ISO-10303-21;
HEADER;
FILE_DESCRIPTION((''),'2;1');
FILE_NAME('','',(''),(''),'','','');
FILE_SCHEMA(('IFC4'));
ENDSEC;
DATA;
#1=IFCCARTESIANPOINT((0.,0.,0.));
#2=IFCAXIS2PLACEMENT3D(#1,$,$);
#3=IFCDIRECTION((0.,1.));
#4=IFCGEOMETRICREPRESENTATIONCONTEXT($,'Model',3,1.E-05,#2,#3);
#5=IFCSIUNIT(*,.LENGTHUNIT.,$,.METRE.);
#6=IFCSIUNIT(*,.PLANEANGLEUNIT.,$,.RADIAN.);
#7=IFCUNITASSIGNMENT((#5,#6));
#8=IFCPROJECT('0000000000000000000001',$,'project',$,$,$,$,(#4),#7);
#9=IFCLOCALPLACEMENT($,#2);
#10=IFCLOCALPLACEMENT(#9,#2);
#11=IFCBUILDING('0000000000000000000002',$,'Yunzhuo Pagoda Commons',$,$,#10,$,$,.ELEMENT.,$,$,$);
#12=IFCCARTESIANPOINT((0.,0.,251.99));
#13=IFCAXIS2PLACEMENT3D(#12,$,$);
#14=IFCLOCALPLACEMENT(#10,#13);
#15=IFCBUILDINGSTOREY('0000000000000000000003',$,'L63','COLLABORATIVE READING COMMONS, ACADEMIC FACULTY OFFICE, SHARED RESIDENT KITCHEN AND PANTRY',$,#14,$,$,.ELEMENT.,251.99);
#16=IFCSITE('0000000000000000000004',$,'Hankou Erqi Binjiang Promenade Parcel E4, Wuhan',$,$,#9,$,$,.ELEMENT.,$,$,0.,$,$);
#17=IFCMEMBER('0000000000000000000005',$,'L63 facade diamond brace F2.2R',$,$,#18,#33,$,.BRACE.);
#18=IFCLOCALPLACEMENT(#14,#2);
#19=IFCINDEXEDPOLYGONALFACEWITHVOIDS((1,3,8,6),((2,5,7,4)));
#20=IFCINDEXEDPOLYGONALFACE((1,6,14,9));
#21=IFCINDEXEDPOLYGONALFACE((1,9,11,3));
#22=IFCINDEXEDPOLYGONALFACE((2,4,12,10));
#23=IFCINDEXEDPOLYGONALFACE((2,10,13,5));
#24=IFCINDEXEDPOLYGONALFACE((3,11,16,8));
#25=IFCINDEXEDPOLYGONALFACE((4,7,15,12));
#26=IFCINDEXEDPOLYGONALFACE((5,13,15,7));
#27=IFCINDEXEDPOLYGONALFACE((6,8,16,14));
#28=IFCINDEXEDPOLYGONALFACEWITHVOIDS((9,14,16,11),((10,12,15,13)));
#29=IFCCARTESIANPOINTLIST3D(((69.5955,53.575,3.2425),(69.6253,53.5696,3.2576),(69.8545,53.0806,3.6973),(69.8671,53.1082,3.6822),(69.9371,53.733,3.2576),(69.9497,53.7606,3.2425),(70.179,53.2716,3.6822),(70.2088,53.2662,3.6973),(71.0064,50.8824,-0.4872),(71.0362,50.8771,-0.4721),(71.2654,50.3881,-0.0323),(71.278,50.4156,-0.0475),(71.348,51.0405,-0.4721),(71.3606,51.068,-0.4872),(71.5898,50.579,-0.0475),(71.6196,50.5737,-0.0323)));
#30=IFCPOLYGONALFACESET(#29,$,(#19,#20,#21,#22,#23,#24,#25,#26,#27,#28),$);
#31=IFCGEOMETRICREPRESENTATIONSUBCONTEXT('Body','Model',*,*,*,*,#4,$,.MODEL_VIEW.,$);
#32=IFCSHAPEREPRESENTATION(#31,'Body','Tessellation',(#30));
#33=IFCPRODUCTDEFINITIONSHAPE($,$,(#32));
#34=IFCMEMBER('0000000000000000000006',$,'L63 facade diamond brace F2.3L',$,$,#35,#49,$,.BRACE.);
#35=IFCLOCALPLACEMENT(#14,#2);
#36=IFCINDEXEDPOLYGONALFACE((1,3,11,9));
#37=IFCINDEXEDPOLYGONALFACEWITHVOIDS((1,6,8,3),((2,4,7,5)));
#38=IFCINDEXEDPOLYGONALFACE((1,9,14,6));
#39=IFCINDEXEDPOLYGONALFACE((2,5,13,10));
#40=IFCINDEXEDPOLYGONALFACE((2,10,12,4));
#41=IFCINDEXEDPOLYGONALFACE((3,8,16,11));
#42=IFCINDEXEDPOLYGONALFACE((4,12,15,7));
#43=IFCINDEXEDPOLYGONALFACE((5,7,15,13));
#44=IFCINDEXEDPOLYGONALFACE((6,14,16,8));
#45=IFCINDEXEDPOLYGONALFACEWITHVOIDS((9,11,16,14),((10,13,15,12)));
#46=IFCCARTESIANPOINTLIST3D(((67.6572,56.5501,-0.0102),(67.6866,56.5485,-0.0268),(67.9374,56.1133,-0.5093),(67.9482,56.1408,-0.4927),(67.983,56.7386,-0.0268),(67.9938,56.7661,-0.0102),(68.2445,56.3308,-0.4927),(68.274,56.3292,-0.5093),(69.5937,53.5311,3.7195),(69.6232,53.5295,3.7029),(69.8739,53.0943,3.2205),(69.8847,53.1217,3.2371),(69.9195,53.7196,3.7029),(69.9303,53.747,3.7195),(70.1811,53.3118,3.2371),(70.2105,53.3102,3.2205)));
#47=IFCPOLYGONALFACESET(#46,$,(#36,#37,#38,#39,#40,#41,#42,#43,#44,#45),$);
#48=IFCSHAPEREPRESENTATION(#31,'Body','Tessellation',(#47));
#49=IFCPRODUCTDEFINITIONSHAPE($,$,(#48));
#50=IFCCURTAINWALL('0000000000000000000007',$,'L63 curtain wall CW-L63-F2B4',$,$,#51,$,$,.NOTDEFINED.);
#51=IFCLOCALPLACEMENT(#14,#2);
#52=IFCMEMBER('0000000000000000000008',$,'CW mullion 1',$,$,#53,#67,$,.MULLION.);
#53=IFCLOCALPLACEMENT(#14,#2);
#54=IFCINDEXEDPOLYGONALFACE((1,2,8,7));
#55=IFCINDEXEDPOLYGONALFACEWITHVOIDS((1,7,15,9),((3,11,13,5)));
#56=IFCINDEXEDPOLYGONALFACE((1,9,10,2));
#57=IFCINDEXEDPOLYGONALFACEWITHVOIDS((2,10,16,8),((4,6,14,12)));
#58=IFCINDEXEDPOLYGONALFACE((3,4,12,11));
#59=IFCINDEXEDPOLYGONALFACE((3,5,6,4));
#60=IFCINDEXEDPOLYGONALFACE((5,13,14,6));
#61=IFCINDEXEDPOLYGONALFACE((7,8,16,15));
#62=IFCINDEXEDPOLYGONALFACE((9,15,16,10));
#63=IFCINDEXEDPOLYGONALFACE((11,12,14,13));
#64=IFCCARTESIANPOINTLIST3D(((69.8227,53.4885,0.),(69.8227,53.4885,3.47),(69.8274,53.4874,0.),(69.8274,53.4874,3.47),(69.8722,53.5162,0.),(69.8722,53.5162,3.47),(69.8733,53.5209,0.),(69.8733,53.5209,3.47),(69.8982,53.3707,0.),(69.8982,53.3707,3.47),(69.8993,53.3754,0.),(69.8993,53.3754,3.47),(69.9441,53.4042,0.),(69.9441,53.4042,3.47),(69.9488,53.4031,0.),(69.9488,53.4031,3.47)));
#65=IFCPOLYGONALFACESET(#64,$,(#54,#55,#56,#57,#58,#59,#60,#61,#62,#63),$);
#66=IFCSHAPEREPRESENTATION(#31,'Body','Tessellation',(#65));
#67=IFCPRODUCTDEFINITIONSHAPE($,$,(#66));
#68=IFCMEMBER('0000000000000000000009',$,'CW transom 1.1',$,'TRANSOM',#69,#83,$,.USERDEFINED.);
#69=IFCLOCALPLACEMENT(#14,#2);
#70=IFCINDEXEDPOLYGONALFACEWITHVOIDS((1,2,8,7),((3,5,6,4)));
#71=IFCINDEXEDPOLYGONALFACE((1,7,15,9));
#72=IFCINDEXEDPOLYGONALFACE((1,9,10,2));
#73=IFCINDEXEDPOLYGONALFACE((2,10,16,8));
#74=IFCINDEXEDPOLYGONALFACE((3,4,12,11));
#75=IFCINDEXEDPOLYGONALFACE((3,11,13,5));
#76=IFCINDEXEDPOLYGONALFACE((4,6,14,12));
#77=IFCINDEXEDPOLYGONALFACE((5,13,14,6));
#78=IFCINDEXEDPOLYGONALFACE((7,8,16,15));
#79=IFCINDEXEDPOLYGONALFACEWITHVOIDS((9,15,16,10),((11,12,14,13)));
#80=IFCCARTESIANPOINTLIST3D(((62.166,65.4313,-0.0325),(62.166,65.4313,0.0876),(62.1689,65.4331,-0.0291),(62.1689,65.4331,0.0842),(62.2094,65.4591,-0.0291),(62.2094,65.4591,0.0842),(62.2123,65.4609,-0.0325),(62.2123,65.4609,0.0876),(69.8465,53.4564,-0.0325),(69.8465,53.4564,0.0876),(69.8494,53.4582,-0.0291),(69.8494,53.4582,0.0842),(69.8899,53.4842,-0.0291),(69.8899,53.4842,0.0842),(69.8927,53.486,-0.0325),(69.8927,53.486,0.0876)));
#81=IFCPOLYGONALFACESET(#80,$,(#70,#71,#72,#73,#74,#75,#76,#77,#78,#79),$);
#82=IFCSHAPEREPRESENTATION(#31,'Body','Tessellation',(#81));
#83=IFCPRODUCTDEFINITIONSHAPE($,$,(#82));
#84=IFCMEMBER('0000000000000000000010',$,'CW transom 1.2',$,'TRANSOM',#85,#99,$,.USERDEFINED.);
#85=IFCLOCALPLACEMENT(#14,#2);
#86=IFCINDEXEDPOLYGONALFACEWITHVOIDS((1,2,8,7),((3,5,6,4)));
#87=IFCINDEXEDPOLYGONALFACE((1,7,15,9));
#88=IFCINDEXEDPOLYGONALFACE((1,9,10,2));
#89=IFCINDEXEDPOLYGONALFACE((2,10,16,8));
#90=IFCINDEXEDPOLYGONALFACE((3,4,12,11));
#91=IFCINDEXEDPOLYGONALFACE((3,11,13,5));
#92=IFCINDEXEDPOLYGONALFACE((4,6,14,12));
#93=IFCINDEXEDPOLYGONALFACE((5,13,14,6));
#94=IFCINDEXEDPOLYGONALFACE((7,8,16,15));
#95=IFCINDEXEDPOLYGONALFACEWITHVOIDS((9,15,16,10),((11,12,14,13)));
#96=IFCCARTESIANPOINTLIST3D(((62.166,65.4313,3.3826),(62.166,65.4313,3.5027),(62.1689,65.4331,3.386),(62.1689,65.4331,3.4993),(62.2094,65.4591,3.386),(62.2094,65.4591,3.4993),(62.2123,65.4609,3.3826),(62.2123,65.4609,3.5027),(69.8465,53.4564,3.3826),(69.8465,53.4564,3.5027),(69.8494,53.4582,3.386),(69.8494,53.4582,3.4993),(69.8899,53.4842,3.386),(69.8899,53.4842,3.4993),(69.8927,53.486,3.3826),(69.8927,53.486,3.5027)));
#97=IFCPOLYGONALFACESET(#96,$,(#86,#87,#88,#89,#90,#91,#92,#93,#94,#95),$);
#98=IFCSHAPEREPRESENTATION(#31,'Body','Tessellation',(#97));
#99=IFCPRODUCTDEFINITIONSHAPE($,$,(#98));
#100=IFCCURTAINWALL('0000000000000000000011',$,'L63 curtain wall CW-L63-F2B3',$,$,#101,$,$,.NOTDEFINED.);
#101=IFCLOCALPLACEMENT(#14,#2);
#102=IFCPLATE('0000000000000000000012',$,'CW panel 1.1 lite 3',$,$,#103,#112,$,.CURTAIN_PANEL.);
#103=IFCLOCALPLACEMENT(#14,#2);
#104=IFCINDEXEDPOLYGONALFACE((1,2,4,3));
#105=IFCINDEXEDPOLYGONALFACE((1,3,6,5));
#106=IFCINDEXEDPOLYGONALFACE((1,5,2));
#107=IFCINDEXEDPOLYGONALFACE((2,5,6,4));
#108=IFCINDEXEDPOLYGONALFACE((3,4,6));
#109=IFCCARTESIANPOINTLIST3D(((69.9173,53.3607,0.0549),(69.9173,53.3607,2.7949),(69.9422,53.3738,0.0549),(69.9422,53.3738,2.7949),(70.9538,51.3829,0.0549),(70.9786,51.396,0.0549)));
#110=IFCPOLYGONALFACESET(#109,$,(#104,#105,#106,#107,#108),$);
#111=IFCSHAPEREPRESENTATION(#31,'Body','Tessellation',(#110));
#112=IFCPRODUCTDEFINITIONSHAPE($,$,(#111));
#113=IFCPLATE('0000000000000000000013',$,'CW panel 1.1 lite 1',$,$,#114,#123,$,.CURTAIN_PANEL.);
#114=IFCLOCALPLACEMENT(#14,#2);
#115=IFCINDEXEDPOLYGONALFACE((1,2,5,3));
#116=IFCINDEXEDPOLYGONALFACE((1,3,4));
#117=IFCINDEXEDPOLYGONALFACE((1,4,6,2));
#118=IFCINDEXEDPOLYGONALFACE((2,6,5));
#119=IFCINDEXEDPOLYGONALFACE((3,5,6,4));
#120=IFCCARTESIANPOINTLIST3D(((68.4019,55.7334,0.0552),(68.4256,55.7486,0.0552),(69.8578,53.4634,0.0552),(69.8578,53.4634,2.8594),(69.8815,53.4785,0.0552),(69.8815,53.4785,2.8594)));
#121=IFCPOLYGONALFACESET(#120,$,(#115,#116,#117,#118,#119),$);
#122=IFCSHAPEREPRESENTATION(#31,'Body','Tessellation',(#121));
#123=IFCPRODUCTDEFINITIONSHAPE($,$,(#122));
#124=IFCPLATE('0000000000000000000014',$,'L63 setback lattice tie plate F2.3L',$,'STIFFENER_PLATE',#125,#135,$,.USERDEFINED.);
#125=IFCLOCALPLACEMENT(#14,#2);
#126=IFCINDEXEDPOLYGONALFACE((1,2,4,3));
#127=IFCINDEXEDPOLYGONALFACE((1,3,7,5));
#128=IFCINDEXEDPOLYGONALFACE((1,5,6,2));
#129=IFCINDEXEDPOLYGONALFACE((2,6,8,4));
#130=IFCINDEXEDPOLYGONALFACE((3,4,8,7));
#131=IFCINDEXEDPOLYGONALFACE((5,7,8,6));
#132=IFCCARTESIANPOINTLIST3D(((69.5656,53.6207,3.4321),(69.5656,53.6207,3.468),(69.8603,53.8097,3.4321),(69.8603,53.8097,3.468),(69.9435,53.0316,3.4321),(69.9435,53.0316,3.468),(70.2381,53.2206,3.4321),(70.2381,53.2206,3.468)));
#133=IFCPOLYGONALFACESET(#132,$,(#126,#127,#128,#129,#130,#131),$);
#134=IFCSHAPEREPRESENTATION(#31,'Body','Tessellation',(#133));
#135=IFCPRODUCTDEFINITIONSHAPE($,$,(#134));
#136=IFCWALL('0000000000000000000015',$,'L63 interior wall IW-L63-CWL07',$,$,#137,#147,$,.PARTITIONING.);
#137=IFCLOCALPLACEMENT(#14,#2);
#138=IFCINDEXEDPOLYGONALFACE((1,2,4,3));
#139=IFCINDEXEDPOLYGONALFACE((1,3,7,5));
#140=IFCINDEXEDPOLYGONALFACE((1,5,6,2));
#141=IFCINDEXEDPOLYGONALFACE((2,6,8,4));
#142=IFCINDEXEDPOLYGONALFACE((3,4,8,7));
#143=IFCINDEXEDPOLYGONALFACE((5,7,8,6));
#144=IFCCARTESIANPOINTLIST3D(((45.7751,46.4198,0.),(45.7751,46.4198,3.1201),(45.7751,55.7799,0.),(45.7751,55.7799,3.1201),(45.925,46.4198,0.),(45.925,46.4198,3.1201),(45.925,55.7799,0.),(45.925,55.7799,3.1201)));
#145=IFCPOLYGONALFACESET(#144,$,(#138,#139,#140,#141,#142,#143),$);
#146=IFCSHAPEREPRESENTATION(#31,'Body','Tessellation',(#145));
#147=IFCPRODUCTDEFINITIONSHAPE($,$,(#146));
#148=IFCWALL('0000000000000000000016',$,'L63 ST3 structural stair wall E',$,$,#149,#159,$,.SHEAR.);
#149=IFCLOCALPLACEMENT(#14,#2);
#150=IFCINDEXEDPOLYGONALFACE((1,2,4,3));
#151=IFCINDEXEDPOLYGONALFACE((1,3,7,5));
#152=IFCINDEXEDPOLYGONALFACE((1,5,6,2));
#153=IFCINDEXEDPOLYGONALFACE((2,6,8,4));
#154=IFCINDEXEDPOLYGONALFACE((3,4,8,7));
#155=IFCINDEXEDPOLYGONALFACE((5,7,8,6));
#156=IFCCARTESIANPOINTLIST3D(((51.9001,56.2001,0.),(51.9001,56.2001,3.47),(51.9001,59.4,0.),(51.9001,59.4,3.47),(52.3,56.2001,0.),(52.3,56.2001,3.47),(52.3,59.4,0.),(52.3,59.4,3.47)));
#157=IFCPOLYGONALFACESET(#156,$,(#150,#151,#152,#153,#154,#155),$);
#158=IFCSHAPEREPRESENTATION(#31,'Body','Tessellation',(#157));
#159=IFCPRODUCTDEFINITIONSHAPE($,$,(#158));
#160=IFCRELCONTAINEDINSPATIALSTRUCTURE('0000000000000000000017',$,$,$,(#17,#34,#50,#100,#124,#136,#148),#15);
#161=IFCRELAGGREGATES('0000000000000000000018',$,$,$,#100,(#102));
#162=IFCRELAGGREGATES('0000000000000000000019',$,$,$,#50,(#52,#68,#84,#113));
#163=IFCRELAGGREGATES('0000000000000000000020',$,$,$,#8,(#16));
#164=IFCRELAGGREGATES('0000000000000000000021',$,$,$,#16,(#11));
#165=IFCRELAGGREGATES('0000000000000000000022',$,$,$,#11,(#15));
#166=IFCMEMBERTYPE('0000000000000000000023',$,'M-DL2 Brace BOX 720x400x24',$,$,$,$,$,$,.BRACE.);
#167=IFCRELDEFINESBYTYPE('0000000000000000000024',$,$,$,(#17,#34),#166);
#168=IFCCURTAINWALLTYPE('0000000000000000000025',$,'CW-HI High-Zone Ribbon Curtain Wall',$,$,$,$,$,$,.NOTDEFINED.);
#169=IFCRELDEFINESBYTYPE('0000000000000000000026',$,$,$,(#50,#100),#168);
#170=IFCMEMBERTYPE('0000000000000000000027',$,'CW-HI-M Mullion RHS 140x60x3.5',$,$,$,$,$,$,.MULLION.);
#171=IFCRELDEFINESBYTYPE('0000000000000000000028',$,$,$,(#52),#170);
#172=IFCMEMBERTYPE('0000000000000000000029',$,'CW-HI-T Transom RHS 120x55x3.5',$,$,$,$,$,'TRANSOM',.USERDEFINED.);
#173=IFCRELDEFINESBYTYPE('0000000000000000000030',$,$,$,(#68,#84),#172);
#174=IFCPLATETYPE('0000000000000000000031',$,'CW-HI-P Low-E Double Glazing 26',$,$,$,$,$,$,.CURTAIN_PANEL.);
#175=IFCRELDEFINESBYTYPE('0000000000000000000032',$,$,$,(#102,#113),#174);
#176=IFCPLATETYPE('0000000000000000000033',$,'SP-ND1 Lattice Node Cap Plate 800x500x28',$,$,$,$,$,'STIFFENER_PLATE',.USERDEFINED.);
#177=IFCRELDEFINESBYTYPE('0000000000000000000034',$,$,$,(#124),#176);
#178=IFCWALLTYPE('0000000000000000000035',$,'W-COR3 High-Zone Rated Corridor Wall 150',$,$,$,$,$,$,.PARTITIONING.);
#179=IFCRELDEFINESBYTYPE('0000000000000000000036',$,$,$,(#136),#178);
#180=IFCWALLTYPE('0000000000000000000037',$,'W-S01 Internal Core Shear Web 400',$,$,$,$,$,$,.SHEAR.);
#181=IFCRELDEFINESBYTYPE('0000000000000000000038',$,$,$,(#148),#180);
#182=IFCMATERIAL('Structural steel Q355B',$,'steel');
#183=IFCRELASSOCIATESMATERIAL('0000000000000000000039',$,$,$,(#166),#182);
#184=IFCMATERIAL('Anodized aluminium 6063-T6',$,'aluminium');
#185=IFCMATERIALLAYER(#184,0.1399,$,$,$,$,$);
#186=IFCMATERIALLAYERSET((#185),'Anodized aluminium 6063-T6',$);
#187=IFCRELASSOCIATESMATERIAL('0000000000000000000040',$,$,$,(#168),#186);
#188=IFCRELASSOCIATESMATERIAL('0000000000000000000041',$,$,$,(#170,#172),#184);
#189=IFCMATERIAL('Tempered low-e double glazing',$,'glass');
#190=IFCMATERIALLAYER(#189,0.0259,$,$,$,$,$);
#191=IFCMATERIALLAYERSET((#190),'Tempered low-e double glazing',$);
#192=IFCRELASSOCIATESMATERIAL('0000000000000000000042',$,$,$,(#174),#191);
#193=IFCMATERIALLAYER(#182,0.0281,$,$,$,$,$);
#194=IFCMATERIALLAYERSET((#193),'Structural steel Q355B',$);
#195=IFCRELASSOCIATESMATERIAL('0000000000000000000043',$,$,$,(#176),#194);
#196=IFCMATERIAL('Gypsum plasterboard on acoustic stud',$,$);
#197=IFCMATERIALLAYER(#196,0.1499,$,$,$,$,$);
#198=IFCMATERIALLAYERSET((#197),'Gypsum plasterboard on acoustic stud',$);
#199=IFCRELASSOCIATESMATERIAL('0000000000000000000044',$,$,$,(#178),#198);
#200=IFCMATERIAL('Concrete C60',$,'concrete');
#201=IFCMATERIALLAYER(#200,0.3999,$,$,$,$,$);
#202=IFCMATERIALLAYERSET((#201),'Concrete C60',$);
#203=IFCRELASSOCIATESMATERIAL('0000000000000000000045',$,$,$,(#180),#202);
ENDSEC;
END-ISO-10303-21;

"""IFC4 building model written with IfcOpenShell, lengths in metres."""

from ifc_helpers import new_model, si_unit, direction, frame, frame_2d, origin, origin_2d, place, context, subcontext, project, spatial, polyline, rectangle, hollow_rectangle, outline, extrude, source, transform, mapped, material, layer, layer_set, material_profile, profile_set, type_object, element, aggregate, save


model = new_model("IFC4")

# Units and contexts
model_context = context("Model", 3, precision=1e-05, world=origin(), true_north=direction((0.0, 1.0)))
body_context = subcontext(model_context, "Body", "Model", "MODEL_VIEW")
ifc_project = project(units=[si_unit("LENGTHUNIT", "METRE"), si_unit("PLANEANGLEUNIT", "RADIAN")], contexts=[model_context])

# Site, building, storey
site_placement = place(None, origin())
site = spatial("IfcSite", under=ifc_project, at=site_placement, Name="Hankou Erqi Binjiang Promenade Parcel E4, Wuhan", CompositionType="ELEMENT", RefElevation=0.0)
building_placement = place(site_placement, origin())
building = spatial("IfcBuilding", under=site, at=building_placement, Name="Yunzhuo Pagoda Commons", CompositionType="ELEMENT")
storey_placement = place(building_placement, frame((0.0, 0.0, 251.99)))
storey = spatial("IfcBuildingStorey", under=building, at=storey_placement, Name="L63", Description="COLLABORATIVE READING COMMONS, ACADEMIC FACULTY OFFICE, SHARED RESIDENT KITCHEN AND PANTRY", CompositionType="ELEMENT", Elevation=251.99)

# Shared definitions
ifc_material_1 = material(Name="Structural steel Q355B", Category="steel")

# Members
ifc_material_profile_1 = material_profile(ifc_material_1, hollow_rectangle(XDim=0.3999, YDim=0.72, WallThickness=0.0239, at=origin_2d()), Name="Structural steel Q355B")
ifc_profile_set_1 = profile_set([ifc_material_profile_1], Name="Structural steel Q355B")
member_type_1 = type_object("IfcMemberType", Name="M-DL2 Brace BOX 720x400x24", PredefinedType="BRACE", material=ifc_profile_set_1)
shared_shape_1 = source(origin(), body_context, "Body", "SweptSolid", [
    extrude(hollow_rectangle(XDim=0.3999, YDim=0.72, WallThickness=0.0239, at=origin_2d()), origin(), (0.0, 0.0, 1.0), 4.8115),
])
member_1_placement = place(storey_placement, frame((71.313, 50.728, -0.2598), z_axis=(-0.293225, 0.559608, 0.77515), x_axis=(-0.885769, -0.464127, 0.0)))
element("IfcMember", 1, at=member_1_placement, inside=storey, type_object=member_type_1, Name="L63 facade diamond brace F2.2R", PredefinedType="BRACE", context=body_context, shape_type="MappedRepresentation", body=[
    mapped(shared_shape_1, transform((0.0, 0.0, 0.0), scale=1.0)),
])
shared_shape_2 = source(origin(), body_context, "Body", "SweptSolid", [
    extrude(hollow_rectangle(XDim=0.3999, YDim=0.72, WallThickness=0.0239, at=origin_2d()), origin(), (0.0, 0.0, 1.0), 5.1746),
])
member_2_placement = place(storey_placement, frame((67.9656, 56.4397, -0.2598), z_axis=(0.374242, -0.583444, 0.720789), x_axis=(0.841722, 0.539911, 0.0)))
element("IfcMember", 2, at=member_2_placement, inside=storey, type_object=member_type_1, Name="L63 facade diamond brace F2.3L", PredefinedType="BRACE", context=body_context, shape_type="MappedRepresentation", body=[
    mapped(shared_shape_2, transform((0.0, 0.0, 0.0), scale=1.0)),
])

# Curtain wall, members
ifc_material_2 = material(Name="Anodized aluminium 6063-T6", Category="aluminium")
ifc_layer_1 = layer(ifc_material_2, 0.1399)
ifc_layer_set_1 = layer_set([ifc_layer_1], Name="Anodized aluminium 6063-T6")
curtain_wall_type = type_object("IfcCurtainWallType", Name="CW-HI High-Zone Ribbon Curtain Wall", PredefinedType="NOTDEFINED", material=ifc_layer_set_1)
curtain_wall_1_placement = place(storey_placement, origin())
curtain_wall_1 = element("IfcCurtainWall", 3, at=curtain_wall_1_placement, inside=storey, type_object=curtain_wall_type, Name="L63 curtain wall CW-L63-F2B4", PredefinedType="NOTDEFINED")
ifc_material_profile_2 = material_profile(ifc_material_2, hollow_rectangle(XDim=0.0601, YDim=0.1399, WallThickness=0.0034, at=origin_2d()), Name="Anodized aluminium 6063-T6")
ifc_profile_set_2 = profile_set([ifc_material_profile_2], Name="Anodized aluminium 6063-T6")
member_type_2 = type_object("IfcMemberType", Name="CW-HI-M Mullion RHS 140x60x3.5", PredefinedType="MULLION", material=ifc_profile_set_2)
shared_shape_3 = source(origin(), body_context, "Body", "SweptSolid", [
    extrude(hollow_rectangle(XDim=0.0601, YDim=0.1399, WallThickness=0.0034, at=origin_2d()), origin(), (0.0, 0.0, 1.0), 3.47),
])
member_3_placement = place(storey_placement, frame((69.8857, 53.4458, 0.0), z_axis=(0.0, 0.0, 1.0), x_axis=(-0.84175, -0.539867, 0.0)))
member_3 = element("IfcMember", 4, at=member_3_placement, type_object=member_type_2, Name="CW mullion 1", PredefinedType="MULLION", context=body_context, shape_type="MappedRepresentation", body=[
    mapped(shared_shape_3, transform((0.0, 0.0, 0.0), scale=1.0)),
])
ifc_material_profile_3 = material_profile(ifc_material_2, hollow_rectangle(XDim=0.0549, YDim=0.1201, WallThickness=0.0034, at=origin_2d()), Name="Anodized aluminium 6063-T6")
ifc_profile_set_3 = profile_set([ifc_material_profile_3], Name="Anodized aluminium 6063-T6")
member_type_3 = type_object("IfcMemberType", Name="CW-HI-T Transom RHS 120x55x3.5", ElementType="TRANSOM", PredefinedType="USERDEFINED", material=ifc_profile_set_3)
shared_shape_4 = source(origin(), body_context, "Body", "SweptSolid", [
    extrude(hollow_rectangle(XDim=0.0549, YDim=0.1201, WallThickness=0.0034, at=origin_2d()), origin(), (0.0, 0.0, 1.0), 14.2263),
])
member_4_placement = place(storey_placement, frame((69.8696, 53.4712, 0.0276), z_axis=(-0.539877, 0.841744, 0.0), x_axis=(-0.841744, -0.539877, 0.0)))
member_4 = element("IfcMember", 5, at=member_4_placement, type_object=member_type_3, Name="CW transom 1.1", ObjectType="TRANSOM", PredefinedType="USERDEFINED", context=body_context, shape_type="MappedRepresentation", body=[
    mapped(shared_shape_4, transform((0.0, 0.0, 0.0), scale=1.0)),
])
member_5_placement = place(storey_placement, frame((69.8696, 53.4712, 3.4426), z_axis=(-0.539877, 0.841744, 0.0), x_axis=(-0.841744, -0.539877, 0.0)))
member_5 = element("IfcMember", 6, at=member_5_placement, type_object=member_type_3, Name="CW transom 1.2", ObjectType="TRANSOM", PredefinedType="USERDEFINED", context=body_context, shape_type="MappedRepresentation", body=[
    mapped(shared_shape_4, transform((0.0, 0.0, 0.0), scale=1.0)),
])

# Curtain wall, plate
curtain_wall_2_placement = place(storey_placement, origin())
curtain_wall_2 = element("IfcCurtainWall", 7, at=curtain_wall_2_placement, inside=storey, type_object=curtain_wall_type, Name="L63 curtain wall CW-L63-F2B3", PredefinedType="NOTDEFINED")
ifc_material_3 = material(Name="Tempered low-e double glazing", Category="glass")
ifc_layer_2 = layer(ifc_material_3, 0.0259)
ifc_layer_set_2 = layer_set([ifc_layer_2], Name="Tempered low-e double glazing")
plate_type_1 = type_object("IfcPlateType", Name="CW-HI-P Low-E Double Glazing 26", PredefinedType="CURTAIN_PANEL", material=ifc_layer_set_2)
plate_1_placement = place(storey_placement, frame((70.4355, 52.3718, 1.4248), z_axis=(0.885743, 0.464176, 0.0), x_axis=(-0.464176, 0.885743, 0.0)))
plate_1 = element("IfcPlate", 8, at=plate_1_placement, type_object=plate_type_1, Name="CW panel 1.1 lite 3", PredefinedType="CURTAIN_PANEL", context=body_context, shape_type="SweptSolid", body=[
    extrude(outline(polyline([(-1.1165, -1.3699), (1.1165, -1.3699), (1.1165, 1.3701), (-1.1165, -1.3699)])), origin(), (0.0, 0.0, 1.0), 0.0281),
])
aggregate(curtain_wall_2, [plate_1])

# Plates
plate_2_placement = place(storey_placement, frame((69.1299, 54.5984, 1.4573), z_axis=(0.84175, 0.539867, 0.0), x_axis=(-0.539867, 0.84175, 0.0)))
plate_2 = element("IfcPlate", 9, at=plate_2_placement, type_object=plate_type_1, Name="CW panel 1.1 lite 1", PredefinedType="CURTAIN_PANEL", context=body_context, shape_type="SweptSolid", body=[
    extrude(outline(polyline([(-1.3484, -1.4021), (1.3484, -1.4021), (-1.3484, 1.4021), (-1.3484, -1.4021)])), origin(), (0.0, 0.0, 1.0), 0.0281),
])
aggregate(curtain_wall_1, [member_3, member_4, member_5, plate_2])
ifc_layer_3 = layer(ifc_material_1, 0.0281)
ifc_layer_set_3 = layer_set([ifc_layer_3], Name="Structural steel Q355B")
plate_type_2 = type_object("IfcPlateType", Name="SP-ND1 Lattice Node Cap Plate 800x500x28", ElementType="STIFFENER_PLATE", PredefinedType="USERDEFINED", material=ifc_layer_set_3)
shared_shape_5 = source(origin(), body_context, "Body", "SweptSolid", [
    extrude(rectangle(XDim=0.7, YDim=0.3501, at=origin_2d()), origin(), (0.0, 0.0, 1.0), 0.0359),
])
plate_3_placement = place(storey_placement, frame((69.9019, 53.4207, 3.4321), z_axis=(0.0, 0.0, 1.0), x_axis=(-0.539873, 0.841746, 0.0)))
element("IfcPlate", 10, at=plate_3_placement, inside=storey, type_object=plate_type_2, Name="L63 setback lattice tie plate F2.3L", ObjectType="STIFFENER_PLATE", PredefinedType="USERDEFINED", context=body_context, shape_type="MappedRepresentation", body=[
    mapped(shared_shape_5, transform((0.0, 0.0, 0.0), scale=1.0)),
])

# Walls
ifc_material_4 = material(Name="Gypsum plasterboard on acoustic stud")
ifc_layer_4 = layer(ifc_material_4, 0.1499)
ifc_layer_set_4 = layer_set([ifc_layer_4], Name="Gypsum plasterboard on acoustic stud")
wall_type_1 = type_object("IfcWallType", Name="W-COR3 High-Zone Rated Corridor Wall 150", PredefinedType="PARTITIONING", material=ifc_layer_set_4)
wall_1_placement = place(storey_placement, frame((45.8501, 55.78, 0.0), z_axis=(0.0, 0.0, 1.0), x_axis=(0.0, -1.0, 0.0)))
element("IfcWall", 11, at=wall_1_placement, inside=storey, type_object=wall_type_1, Name="L63 interior wall IW-L63-CWL07", PredefinedType="PARTITIONING", context=body_context, shape_type="SweptSolid", body=[
    extrude(rectangle(XDim=9.3601, YDim=0.1499, at=frame_2d((4.6802, 0.0))), origin(), (0.0, 0.0, 1.0), 3.1201),
])
ifc_material_5 = material(Name="Concrete C60", Category="concrete")
ifc_layer_5 = layer(ifc_material_5, 0.3999)
ifc_layer_set_5 = layer_set([ifc_layer_5], Name="Concrete C60")
wall_type_2 = type_object("IfcWallType", Name="W-S01 Internal Core Shear Web 400", PredefinedType="SHEAR", material=ifc_layer_set_5)
wall_2_placement = place(storey_placement, frame((52.1001, 56.2, 0.0), z_axis=(0.0, 0.0, 1.0), x_axis=(0.0, 1.0, 0.0)))
element("IfcWall", 12, at=wall_2_placement, inside=storey, type_object=wall_type_2, Name="L63 ST3 structural stair wall E", PredefinedType="SHEAR", context=body_context, shape_type="SweptSolid", body=[
    extrude(rectangle(XDim=3.2, YDim=0.3999, at=frame_2d((1.6001, 0.0))), origin(), (0.0, 0.0, 1.0), 3.47),
])

save(model, "model.ifc")
